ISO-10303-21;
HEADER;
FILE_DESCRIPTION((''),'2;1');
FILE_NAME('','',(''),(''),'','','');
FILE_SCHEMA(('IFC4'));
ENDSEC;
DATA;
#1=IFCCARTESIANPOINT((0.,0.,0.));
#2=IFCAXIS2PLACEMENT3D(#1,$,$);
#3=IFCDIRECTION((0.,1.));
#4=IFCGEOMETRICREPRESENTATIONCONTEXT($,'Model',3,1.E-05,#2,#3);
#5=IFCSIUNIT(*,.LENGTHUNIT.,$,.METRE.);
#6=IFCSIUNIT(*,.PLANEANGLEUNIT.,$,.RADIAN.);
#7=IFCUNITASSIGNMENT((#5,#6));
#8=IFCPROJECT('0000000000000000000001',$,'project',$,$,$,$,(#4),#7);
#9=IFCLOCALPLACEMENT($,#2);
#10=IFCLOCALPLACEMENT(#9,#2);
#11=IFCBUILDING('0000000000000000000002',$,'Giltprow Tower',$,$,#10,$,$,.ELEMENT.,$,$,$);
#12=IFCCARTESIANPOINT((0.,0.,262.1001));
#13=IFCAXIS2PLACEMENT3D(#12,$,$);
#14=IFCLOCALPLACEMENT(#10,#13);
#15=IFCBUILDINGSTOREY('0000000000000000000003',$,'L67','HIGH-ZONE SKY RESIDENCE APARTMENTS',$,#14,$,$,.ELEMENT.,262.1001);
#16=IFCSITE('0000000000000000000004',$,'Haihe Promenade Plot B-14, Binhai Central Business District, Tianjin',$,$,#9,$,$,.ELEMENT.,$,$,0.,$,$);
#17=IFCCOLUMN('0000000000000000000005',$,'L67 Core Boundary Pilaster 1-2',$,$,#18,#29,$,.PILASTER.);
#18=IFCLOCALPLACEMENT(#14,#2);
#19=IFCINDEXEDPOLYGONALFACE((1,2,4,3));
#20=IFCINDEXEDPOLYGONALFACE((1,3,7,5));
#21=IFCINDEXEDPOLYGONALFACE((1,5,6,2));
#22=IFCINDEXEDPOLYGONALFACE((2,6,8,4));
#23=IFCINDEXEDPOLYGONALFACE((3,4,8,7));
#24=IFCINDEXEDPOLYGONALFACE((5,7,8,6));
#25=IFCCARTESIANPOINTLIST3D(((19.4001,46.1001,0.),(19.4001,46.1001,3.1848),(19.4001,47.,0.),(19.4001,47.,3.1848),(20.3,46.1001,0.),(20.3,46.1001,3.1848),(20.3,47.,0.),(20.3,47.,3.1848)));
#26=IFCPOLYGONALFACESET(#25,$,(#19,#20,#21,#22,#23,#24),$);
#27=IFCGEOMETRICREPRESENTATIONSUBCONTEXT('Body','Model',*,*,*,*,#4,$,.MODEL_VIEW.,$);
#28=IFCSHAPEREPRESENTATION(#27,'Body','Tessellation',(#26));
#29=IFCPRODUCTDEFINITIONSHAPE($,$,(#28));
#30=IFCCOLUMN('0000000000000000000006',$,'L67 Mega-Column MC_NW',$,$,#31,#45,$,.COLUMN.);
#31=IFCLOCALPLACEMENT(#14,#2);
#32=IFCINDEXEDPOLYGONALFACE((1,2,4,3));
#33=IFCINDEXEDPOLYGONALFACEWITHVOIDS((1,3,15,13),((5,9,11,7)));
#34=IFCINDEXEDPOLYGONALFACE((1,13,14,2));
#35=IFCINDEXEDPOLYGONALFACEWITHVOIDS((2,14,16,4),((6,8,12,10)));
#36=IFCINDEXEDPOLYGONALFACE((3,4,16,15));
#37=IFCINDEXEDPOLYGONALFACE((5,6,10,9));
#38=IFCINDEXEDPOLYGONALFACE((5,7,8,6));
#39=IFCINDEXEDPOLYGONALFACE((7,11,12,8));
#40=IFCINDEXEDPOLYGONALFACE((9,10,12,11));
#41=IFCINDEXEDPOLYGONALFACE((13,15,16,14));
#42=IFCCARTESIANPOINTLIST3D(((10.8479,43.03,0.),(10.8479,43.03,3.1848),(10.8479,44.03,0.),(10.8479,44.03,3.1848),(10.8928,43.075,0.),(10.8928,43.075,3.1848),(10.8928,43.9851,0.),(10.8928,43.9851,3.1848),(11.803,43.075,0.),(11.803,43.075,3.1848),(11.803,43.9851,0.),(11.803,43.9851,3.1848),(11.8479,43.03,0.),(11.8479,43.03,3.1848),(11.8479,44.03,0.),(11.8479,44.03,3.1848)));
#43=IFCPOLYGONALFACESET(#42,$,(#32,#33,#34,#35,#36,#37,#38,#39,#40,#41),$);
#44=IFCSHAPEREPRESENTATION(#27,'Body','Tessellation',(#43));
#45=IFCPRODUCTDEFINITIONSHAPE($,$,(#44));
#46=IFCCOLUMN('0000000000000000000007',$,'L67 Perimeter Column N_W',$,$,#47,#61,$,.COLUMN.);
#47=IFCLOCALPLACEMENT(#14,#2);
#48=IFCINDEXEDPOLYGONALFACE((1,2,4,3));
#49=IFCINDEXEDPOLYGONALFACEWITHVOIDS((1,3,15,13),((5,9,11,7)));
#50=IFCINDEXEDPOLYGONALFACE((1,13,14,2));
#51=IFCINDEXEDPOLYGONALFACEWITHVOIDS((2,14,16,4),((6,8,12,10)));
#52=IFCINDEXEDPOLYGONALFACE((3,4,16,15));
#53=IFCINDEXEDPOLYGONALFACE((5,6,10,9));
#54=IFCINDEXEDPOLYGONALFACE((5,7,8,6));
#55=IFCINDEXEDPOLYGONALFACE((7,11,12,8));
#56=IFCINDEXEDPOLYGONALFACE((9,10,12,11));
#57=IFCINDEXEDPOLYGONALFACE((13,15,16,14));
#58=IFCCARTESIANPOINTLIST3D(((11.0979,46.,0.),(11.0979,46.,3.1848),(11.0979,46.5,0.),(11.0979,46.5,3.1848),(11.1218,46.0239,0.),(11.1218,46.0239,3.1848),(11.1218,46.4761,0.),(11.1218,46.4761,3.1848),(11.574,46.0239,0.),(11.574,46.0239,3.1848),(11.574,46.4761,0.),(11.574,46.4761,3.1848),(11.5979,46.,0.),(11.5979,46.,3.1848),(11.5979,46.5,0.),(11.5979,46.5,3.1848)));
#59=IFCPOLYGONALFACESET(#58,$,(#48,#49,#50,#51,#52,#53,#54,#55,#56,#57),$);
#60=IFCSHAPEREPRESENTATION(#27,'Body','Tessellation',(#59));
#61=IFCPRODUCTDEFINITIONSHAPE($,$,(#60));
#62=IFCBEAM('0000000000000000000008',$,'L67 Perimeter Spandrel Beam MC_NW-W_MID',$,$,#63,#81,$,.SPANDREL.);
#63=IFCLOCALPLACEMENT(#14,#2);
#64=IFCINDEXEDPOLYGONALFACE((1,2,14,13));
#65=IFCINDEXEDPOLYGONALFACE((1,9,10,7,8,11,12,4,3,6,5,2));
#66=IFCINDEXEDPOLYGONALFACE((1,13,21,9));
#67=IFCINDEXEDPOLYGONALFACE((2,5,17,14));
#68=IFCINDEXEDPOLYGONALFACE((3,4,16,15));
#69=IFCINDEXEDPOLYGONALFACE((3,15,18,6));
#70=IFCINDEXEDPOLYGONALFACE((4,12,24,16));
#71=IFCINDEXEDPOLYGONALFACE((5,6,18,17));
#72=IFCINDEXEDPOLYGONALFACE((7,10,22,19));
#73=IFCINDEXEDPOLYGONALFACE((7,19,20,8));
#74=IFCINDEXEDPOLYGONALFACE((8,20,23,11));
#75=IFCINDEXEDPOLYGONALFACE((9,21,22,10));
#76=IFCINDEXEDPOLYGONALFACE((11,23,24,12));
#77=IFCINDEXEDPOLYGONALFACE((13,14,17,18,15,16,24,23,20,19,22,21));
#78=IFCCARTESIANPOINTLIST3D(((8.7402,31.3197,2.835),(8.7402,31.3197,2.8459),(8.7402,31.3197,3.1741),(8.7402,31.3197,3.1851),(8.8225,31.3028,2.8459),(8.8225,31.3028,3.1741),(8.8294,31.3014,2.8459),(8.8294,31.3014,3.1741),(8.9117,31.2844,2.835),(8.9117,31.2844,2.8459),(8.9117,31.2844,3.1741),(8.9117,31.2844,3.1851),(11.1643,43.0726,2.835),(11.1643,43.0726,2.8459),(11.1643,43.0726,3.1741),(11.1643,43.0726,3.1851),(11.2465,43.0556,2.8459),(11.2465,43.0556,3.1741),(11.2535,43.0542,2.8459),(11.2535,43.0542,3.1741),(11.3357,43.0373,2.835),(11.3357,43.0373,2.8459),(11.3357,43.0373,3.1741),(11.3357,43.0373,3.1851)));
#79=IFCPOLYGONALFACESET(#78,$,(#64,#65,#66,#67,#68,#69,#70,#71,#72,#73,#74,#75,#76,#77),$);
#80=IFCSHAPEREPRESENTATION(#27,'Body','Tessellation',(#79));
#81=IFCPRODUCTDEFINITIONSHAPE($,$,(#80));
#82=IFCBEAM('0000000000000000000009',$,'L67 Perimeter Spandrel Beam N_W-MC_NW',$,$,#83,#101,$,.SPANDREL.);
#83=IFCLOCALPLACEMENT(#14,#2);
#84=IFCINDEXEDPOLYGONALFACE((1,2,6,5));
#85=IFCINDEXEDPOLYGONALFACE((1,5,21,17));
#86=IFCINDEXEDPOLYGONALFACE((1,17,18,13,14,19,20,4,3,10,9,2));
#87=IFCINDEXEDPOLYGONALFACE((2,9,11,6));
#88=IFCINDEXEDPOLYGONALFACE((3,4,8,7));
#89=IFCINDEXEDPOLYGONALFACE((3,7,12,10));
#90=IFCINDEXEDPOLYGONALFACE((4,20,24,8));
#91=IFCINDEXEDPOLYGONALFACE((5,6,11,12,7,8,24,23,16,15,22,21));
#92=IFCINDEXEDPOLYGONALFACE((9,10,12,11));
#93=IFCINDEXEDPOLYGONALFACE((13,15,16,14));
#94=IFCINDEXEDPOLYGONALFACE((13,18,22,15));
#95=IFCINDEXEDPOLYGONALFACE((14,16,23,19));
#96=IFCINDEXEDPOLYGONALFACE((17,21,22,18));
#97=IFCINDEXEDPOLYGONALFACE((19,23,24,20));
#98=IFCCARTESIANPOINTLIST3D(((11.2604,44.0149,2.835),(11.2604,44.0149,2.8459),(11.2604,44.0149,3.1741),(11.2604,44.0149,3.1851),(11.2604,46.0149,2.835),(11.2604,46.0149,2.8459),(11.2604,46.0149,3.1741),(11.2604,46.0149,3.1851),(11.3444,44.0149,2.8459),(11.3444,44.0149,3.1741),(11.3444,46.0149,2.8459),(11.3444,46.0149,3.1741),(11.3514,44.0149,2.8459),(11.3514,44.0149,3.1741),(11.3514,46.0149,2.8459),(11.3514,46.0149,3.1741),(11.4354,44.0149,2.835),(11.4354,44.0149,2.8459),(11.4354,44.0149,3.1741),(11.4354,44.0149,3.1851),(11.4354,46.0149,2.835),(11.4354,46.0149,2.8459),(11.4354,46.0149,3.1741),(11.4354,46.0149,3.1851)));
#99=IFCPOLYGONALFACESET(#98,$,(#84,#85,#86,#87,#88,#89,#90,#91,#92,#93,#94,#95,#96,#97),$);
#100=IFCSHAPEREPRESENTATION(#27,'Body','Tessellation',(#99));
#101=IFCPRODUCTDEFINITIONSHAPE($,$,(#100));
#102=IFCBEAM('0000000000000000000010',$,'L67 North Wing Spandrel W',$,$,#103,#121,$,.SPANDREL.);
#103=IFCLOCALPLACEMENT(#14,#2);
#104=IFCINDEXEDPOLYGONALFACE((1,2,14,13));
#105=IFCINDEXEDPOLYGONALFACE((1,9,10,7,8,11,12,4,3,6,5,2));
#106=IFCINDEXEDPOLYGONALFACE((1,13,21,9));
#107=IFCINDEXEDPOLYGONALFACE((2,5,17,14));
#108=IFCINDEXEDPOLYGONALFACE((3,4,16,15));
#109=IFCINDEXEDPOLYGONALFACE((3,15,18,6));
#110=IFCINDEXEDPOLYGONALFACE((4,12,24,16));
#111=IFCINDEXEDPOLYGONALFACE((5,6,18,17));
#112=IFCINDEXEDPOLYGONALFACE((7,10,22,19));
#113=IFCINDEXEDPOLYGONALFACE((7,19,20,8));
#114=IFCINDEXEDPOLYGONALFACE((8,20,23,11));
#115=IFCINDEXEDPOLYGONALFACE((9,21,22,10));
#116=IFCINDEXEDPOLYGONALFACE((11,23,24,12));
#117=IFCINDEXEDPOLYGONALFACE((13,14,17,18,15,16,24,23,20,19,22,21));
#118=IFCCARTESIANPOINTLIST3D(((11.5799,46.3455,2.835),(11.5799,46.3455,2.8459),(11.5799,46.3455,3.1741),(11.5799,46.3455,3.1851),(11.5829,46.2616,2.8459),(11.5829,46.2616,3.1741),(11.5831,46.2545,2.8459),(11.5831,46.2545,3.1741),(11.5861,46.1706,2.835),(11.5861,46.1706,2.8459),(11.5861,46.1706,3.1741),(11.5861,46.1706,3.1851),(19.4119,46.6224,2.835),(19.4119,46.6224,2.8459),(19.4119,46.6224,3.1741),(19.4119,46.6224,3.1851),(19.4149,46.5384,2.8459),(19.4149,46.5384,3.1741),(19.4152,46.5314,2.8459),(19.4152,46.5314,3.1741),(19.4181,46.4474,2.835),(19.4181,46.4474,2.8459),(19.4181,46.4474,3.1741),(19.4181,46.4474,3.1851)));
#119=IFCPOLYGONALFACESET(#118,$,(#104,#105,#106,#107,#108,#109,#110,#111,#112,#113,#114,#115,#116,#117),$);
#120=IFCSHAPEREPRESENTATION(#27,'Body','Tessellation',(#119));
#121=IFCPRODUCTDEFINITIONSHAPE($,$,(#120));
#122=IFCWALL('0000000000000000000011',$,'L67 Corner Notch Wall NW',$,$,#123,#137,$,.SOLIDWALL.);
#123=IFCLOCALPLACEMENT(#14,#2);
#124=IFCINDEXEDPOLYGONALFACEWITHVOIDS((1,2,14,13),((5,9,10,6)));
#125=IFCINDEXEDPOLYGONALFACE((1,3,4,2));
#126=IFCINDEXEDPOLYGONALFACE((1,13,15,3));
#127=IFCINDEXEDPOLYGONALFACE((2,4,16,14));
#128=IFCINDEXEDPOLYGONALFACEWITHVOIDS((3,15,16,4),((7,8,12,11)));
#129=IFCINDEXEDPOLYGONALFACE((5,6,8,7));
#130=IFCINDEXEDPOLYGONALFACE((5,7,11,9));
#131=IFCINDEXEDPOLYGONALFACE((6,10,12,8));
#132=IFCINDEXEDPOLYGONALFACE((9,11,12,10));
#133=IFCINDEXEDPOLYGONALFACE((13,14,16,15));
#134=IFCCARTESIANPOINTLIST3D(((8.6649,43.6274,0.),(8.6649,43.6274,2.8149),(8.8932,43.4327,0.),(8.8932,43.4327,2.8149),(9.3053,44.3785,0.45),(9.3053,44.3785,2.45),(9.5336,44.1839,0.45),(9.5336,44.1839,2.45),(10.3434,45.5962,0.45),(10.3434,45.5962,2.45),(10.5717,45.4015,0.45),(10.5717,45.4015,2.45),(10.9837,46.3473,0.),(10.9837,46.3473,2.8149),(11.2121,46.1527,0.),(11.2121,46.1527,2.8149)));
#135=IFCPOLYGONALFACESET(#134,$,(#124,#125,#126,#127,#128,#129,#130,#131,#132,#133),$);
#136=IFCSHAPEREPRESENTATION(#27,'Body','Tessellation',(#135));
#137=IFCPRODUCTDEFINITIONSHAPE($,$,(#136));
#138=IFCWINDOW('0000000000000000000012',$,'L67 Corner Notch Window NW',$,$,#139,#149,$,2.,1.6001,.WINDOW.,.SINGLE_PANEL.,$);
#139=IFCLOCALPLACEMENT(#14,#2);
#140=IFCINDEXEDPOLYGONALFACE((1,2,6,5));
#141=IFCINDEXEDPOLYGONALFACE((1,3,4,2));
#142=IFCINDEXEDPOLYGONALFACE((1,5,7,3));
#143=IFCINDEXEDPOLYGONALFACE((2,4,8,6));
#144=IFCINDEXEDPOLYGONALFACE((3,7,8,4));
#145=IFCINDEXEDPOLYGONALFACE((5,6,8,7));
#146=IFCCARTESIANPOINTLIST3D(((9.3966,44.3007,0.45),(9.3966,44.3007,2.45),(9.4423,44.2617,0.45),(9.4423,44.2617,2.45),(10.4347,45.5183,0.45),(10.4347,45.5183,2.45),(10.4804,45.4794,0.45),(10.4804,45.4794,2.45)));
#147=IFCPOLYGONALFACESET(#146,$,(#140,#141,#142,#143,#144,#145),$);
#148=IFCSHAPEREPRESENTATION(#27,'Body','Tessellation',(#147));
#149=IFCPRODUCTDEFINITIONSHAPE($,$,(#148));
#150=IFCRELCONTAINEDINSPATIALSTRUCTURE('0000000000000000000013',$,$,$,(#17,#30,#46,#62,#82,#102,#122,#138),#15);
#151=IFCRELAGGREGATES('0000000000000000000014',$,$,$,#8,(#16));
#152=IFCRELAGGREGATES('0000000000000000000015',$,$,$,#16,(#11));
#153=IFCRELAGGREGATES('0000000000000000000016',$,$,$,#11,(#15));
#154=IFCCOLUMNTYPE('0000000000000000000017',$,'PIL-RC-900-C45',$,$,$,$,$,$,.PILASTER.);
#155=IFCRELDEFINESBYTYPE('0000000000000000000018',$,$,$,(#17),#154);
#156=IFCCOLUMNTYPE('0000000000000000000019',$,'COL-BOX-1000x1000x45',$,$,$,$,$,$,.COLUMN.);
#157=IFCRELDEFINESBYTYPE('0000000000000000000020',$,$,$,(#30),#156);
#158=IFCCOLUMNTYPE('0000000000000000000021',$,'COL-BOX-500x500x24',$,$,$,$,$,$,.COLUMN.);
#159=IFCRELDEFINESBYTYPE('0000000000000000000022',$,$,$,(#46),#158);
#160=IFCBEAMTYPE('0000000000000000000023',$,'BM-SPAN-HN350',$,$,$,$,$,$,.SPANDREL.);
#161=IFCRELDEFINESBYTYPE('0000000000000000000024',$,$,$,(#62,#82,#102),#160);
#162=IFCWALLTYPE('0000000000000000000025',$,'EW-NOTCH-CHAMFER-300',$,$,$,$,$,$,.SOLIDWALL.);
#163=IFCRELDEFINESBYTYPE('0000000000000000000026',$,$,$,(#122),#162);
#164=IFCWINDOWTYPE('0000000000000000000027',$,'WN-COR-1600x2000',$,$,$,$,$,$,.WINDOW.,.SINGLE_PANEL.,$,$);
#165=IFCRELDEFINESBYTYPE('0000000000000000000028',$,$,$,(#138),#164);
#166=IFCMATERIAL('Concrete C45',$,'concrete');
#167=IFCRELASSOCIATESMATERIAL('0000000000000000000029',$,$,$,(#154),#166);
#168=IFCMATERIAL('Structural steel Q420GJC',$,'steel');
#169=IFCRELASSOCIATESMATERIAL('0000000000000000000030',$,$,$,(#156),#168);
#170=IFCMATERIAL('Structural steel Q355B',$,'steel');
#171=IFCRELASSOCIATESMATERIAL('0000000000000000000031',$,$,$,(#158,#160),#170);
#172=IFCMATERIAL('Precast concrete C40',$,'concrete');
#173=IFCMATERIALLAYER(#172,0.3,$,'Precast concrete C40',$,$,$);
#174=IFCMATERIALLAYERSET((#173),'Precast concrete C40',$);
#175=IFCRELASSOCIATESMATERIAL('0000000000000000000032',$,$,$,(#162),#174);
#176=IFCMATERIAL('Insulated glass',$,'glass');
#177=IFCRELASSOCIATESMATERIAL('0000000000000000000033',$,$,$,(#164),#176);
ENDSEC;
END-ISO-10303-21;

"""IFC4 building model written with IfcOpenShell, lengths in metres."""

from ifc_helpers import new_model, si_unit, direction, frame, frame_2d, origin, origin_2d, place, context, subcontext, project, spatial, rectangle, hollow_rectangle, i_section, extrude, source, transform, mapped, material, layer, layer_set, material_profile, profile_set, type_object, element, fill, save


model = new_model("IFC4")

# Units and contexts
model_context = context("Model", 3, precision=1e-05, world=origin(), true_north=direction((0.0, 1.0)))
body_context = subcontext(model_context, "Body", "Model", "MODEL_VIEW")
ifc_project = project(units=[si_unit("LENGTHUNIT", "METRE"), si_unit("PLANEANGLEUNIT", "RADIAN")], contexts=[model_context])

# Site, building, storey
site_placement = place(None, origin())
site = spatial("IfcSite", under=ifc_project, at=site_placement, Name="Haihe Promenade Plot B-14, Binhai Central Business District, Tianjin", CompositionType="ELEMENT", RefElevation=0.0)
building_placement = place(site_placement, origin())
building = spatial("IfcBuilding", under=site, at=building_placement, Name="Giltprow Tower", CompositionType="ELEMENT")
storey_placement = place(building_placement, frame((0.0, 0.0, 262.1001)))
storey = spatial("IfcBuildingStorey", under=building, at=storey_placement, Name="L67", Description="HIGH-ZONE SKY RESIDENCE APARTMENTS", CompositionType="ELEMENT", Elevation=262.1001)

# Columns
ifc_material_1 = material(Name="Concrete C45", Category="concrete")
ifc_material_profile_1 = material_profile(ifc_material_1, rectangle(XDim=0.8999, YDim=0.8999, at=origin_2d()), Name="RC 900x900")
ifc_profile_set_1 = profile_set([ifc_material_profile_1], Name="Concrete C45")
column_type_1 = type_object("IfcColumnType", Name="PIL-RC-900-C45", PredefinedType="PILASTER", material=ifc_profile_set_1)
shared_shape_1 = source(origin(), body_context, "Body", "SweptSolid", [
    extrude(rectangle(XDim=0.8999, YDim=0.8999, at=origin_2d()), origin(), (0.0, 0.0, 1.0), 3.1848),
])
column_1_placement = place(storey_placement, frame((19.8501, 46.55, 0.0), z_axis=(0.0, 0.0, 1.0), x_axis=(1.0, 0.0, 0.0)))
element("IfcColumn", 1, at=column_1_placement, inside=storey, type_object=column_type_1, Name="L67 Core Boundary Pilaster 1-2", PredefinedType="PILASTER", context=body_context, shape_type="MappedRepresentation", body=[
    mapped(shared_shape_1, transform((0.0, 0.0, 0.0), x_axis=(1.0, 0.0, 0.0), y_axis=(0.0, 1.0, 0.0), z_axis=(0.0, 0.0, 1.0), scale=1.0)),
])
ifc_material_2 = material(Name="Structural steel Q420GJC", Category="steel")
ifc_material_profile_2 = material_profile(ifc_material_2, hollow_rectangle(XDim=1.0, YDim=1.0, WallThickness=0.0449, at=origin_2d()), Name="BOX 1000x1000x45")
ifc_profile_set_2 = profile_set([ifc_material_profile_2], Name="Structural steel Q420GJC")
column_type_2 = type_object("IfcColumnType", Name="COL-BOX-1000x1000x45", PredefinedType="COLUMN", material=ifc_profile_set_2)
shared_shape_2 = source(origin(), body_context, "Body", "SweptSolid", [
    extrude(hollow_rectangle(XDim=1.0, YDim=1.0, WallThickness=0.0449, at=origin_2d()), origin(), (0.0, 0.0, 1.0), 3.1848),
])
column_2_placement = place(storey_placement, frame((11.3479, 43.53, 0.0), z_axis=(0.0, 0.0, 1.0), x_axis=(1.0, 0.0, 0.0)))
element("IfcColumn", 2, at=column_2_placement, inside=storey, type_object=column_type_2, Name="L67 Mega-Column MC_NW", PredefinedType="COLUMN", context=body_context, shape_type="MappedRepresentation", body=[
    mapped(shared_shape_2, transform((0.0, 0.0, 0.0), x_axis=(1.0, 0.0, 0.0), y_axis=(0.0, 1.0, 0.0), z_axis=(0.0, 0.0, 1.0), scale=1.0)),
])
ifc_material_3 = material(Name="Structural steel Q355B", Category="steel")
ifc_material_profile_3 = material_profile(ifc_material_3, hollow_rectangle(XDim=0.5, YDim=0.5, WallThickness=0.0239, at=origin_2d()), Name="BOX 500x500x24")
ifc_profile_set_3 = profile_set([ifc_material_profile_3], Name="Structural steel Q355B")
column_type_3 = type_object("IfcColumnType", Name="COL-BOX-500x500x24", PredefinedType="COLUMN", material=ifc_profile_set_3)
shared_shape_3 = source(origin(), body_context, "Body", "SweptSolid", [
    extrude(hollow_rectangle(XDim=0.5, YDim=0.5, WallThickness=0.0239, at=origin_2d()), origin(), (0.0, 0.0, 1.0), 3.1848),
])
column_3_placement = place(storey_placement, frame((11.3479, 46.25, 0.0), z_axis=(0.0, 0.0, 1.0), x_axis=(1.0, 0.0, 0.0)))
element("IfcColumn", 3, at=column_3_placement, inside=storey, type_object=column_type_3, Name="L67 Perimeter Column N_W", PredefinedType="COLUMN", context=body_context, shape_type="MappedRepresentation", body=[
    mapped(shared_shape_3, transform((0.0, 0.0, 0.0), x_axis=(1.0, 0.0, 0.0), y_axis=(0.0, 1.0, 0.0), z_axis=(0.0, 0.0, 1.0), scale=1.0)),
])

# Beams
ifc_material_profile_4 = material_profile(ifc_material_3, i_section(OverallWidth=0.175, OverallDepth=0.3501, WebThickness=0.0071, FlangeThickness=0.011, at=origin_2d()), Name="HN 350x175x7x11")
ifc_profile_set_4 = profile_set([ifc_material_profile_4], Name="Structural steel Q355B")
beam_type = type_object("IfcBeamType", Name="BM-SPAN-HN350", PredefinedType="SPANDREL", material=ifc_profile_set_4)
shared_shape_4 = source(origin(), body_context, "Body", "SweptSolid", [
    extrude(i_section(OverallWidth=0.175, OverallDepth=0.3501, WebThickness=0.0071, FlangeThickness=0.011, at=origin_2d()), origin(), (0.0, 0.0, 1.0), 12.0002),
])
beam_1_placement = place(storey_placement, frame((11.25, 43.0549, 3.01), z_axis=(-0.202001, -0.979385, 0.0), x_axis=(0.979385, -0.202001, 0.0)))
element("IfcBeam", 4, at=beam_1_placement, inside=storey, type_object=beam_type, Name="L67 Perimeter Spandrel Beam MC_NW-W_MID", PredefinedType="SPANDREL", context=body_context, shape_type="MappedRepresentation", body=[
    mapped(shared_shape_4, transform((0.0, 0.0, 0.0), x_axis=(1.0, 0.0, 0.0), y_axis=(0.0, 1.0, 0.0), z_axis=(0.0, 0.0, 1.0), scale=1.0)),
])
shared_shape_5 = source(origin(), body_context, "Body", "SweptSolid", [
    extrude(i_section(OverallWidth=0.175, OverallDepth=0.3501, WebThickness=0.0071, FlangeThickness=0.011, at=origin_2d()), origin(), (0.0, 0.0, 1.0), 2.0),
])
beam_2_placement = place(storey_placement, frame((11.3479, 46.0149, 3.01), z_axis=(0.0, -1.0, 0.0), x_axis=(1.0, 0.0, 0.0)))
element("IfcBeam", 5, at=beam_2_placement, inside=storey, type_object=beam_type, Name="L67 Perimeter Spandrel Beam N_W-MC_NW", PredefinedType="SPANDREL", context=body_context, shape_type="MappedRepresentation", body=[
    mapped(shared_shape_5, transform((0.0, 0.0, 0.0), x_axis=(1.0, 0.0, 0.0), y_axis=(0.0, 1.0, 0.0), z_axis=(0.0, 0.0, 1.0), scale=1.0)),
])
shared_shape_6 = source(origin(), body_context, "Body", "SweptSolid", [
    extrude(i_section(OverallWidth=0.175, OverallDepth=0.3501, WebThickness=0.0071, FlangeThickness=0.011, at=origin_2d()), origin(), (0.0, 0.0, 1.0), 7.8369),
])
beam_3_placement = place(storey_placement, frame((11.583, 46.2581, 3.01), z_axis=(0.999376, 0.035327, 0.0), x_axis=(-0.035327, 0.999376, 0.0)))
element("IfcBeam", 6, at=beam_3_placement, inside=storey, type_object=beam_type, Name="L67 North Wing Spandrel W", PredefinedType="SPANDREL", context=body_context, shape_type="MappedRepresentation", body=[
    mapped(shared_shape_6, transform((0.0, 0.0, 0.0), x_axis=(1.0, 0.0, 0.0), y_axis=(0.0, 1.0, 0.0), z_axis=(0.0, 0.0, 1.0), scale=1.0)),
])

# Wall, opening, window
ifc_material_4 = material(Name="Precast concrete C40", Category="concrete")
ifc_layer_1 = layer(ifc_material_4, 0.3, Name="Precast concrete C40")
ifc_layer_set_1 = layer_set([ifc_layer_1], Name="Precast concrete C40")
wall_type_1 = type_object("IfcWallType", Name="EW-NOTCH-CHAMFER-300", PredefinedType="SOLIDWALL", material=ifc_layer_set_1)
wall_1_placement = place(storey_placement, frame((11.0979, 46.25, 0.0), z_axis=(0.0, 0.0, 1.0), x_axis=(-0.648764, -0.76099, 0.0)))
wall_1 = element("IfcWall", 7, at=wall_1_placement, inside=storey, type_object=wall_type_1, Name="L67 Corner Notch Wall NW", PredefinedType="SOLIDWALL", context=body_context, shape_type="SweptSolid", body=[
    extrude(rectangle(XDim=3.5742, YDim=0.3, at=frame_2d((1.7871, 0.0))), origin(), (0.0, 0.0, 1.0), 2.8149),
])
opening_1_placement = place(wall_1_placement, frame((0.9871, 0.0, 0.45)))
opening_1 = element("IfcOpeningElement", 8, at=opening_1_placement, cuts=wall_1, PredefinedType="OPENING", context=body_context, shape_type="SweptSolid", body=[
    extrude(rectangle(XDim=1.6001, YDim=2.0, at=frame_2d((0.8, 1.0))), frame((0.0, 0.1599, 0.0), z_axis=(0.0, -1.0, 0.0), x_axis=(1.0, 0.0, 0.0)), (0.0, 0.0, 1.0), 0.3201),
])
ifc_material_5 = material(Name="Insulated glass", Category="glass")
window_type = type_object("IfcWindowType", Name="WN-COR-1600x2000", PartitioningType="SINGLE_PANEL", PredefinedType="WINDOW", material=ifc_material_5)
shared_shape_7 = source(origin(), body_context, "Body", "SweptSolid", [
    extrude(rectangle(XDim=1.6001, YDim=2.0, at=frame_2d((0.8, 1.0))), frame((0.0, 0.03, 0.0), z_axis=(0.0, -1.0, 0.0), x_axis=(1.0, 0.0, 0.0)), (0.0, 0.0, 1.0), 0.0601),
])
window_1_placement = place(opening_1_placement, origin())
window_1 = element("IfcWindow", 9, at=window_1_placement, inside=storey, type_object=window_type, Name="L67 Corner Notch Window NW", OverallHeight=2.0, OverallWidth=1.6001, PartitioningType="SINGLE_PANEL", PredefinedType="WINDOW", context=body_context, shape_type="MappedRepresentation", body=[
    mapped(shared_shape_7, transform((0.0, 0.0, 0.0), x_axis=(1.0, 0.0, 0.0), y_axis=(0.0, 1.0, 0.0), z_axis=(0.0, 0.0, 1.0), scale=1.0)),
])
fill(opening_1, window_1)

save(model, "model.ifc")
